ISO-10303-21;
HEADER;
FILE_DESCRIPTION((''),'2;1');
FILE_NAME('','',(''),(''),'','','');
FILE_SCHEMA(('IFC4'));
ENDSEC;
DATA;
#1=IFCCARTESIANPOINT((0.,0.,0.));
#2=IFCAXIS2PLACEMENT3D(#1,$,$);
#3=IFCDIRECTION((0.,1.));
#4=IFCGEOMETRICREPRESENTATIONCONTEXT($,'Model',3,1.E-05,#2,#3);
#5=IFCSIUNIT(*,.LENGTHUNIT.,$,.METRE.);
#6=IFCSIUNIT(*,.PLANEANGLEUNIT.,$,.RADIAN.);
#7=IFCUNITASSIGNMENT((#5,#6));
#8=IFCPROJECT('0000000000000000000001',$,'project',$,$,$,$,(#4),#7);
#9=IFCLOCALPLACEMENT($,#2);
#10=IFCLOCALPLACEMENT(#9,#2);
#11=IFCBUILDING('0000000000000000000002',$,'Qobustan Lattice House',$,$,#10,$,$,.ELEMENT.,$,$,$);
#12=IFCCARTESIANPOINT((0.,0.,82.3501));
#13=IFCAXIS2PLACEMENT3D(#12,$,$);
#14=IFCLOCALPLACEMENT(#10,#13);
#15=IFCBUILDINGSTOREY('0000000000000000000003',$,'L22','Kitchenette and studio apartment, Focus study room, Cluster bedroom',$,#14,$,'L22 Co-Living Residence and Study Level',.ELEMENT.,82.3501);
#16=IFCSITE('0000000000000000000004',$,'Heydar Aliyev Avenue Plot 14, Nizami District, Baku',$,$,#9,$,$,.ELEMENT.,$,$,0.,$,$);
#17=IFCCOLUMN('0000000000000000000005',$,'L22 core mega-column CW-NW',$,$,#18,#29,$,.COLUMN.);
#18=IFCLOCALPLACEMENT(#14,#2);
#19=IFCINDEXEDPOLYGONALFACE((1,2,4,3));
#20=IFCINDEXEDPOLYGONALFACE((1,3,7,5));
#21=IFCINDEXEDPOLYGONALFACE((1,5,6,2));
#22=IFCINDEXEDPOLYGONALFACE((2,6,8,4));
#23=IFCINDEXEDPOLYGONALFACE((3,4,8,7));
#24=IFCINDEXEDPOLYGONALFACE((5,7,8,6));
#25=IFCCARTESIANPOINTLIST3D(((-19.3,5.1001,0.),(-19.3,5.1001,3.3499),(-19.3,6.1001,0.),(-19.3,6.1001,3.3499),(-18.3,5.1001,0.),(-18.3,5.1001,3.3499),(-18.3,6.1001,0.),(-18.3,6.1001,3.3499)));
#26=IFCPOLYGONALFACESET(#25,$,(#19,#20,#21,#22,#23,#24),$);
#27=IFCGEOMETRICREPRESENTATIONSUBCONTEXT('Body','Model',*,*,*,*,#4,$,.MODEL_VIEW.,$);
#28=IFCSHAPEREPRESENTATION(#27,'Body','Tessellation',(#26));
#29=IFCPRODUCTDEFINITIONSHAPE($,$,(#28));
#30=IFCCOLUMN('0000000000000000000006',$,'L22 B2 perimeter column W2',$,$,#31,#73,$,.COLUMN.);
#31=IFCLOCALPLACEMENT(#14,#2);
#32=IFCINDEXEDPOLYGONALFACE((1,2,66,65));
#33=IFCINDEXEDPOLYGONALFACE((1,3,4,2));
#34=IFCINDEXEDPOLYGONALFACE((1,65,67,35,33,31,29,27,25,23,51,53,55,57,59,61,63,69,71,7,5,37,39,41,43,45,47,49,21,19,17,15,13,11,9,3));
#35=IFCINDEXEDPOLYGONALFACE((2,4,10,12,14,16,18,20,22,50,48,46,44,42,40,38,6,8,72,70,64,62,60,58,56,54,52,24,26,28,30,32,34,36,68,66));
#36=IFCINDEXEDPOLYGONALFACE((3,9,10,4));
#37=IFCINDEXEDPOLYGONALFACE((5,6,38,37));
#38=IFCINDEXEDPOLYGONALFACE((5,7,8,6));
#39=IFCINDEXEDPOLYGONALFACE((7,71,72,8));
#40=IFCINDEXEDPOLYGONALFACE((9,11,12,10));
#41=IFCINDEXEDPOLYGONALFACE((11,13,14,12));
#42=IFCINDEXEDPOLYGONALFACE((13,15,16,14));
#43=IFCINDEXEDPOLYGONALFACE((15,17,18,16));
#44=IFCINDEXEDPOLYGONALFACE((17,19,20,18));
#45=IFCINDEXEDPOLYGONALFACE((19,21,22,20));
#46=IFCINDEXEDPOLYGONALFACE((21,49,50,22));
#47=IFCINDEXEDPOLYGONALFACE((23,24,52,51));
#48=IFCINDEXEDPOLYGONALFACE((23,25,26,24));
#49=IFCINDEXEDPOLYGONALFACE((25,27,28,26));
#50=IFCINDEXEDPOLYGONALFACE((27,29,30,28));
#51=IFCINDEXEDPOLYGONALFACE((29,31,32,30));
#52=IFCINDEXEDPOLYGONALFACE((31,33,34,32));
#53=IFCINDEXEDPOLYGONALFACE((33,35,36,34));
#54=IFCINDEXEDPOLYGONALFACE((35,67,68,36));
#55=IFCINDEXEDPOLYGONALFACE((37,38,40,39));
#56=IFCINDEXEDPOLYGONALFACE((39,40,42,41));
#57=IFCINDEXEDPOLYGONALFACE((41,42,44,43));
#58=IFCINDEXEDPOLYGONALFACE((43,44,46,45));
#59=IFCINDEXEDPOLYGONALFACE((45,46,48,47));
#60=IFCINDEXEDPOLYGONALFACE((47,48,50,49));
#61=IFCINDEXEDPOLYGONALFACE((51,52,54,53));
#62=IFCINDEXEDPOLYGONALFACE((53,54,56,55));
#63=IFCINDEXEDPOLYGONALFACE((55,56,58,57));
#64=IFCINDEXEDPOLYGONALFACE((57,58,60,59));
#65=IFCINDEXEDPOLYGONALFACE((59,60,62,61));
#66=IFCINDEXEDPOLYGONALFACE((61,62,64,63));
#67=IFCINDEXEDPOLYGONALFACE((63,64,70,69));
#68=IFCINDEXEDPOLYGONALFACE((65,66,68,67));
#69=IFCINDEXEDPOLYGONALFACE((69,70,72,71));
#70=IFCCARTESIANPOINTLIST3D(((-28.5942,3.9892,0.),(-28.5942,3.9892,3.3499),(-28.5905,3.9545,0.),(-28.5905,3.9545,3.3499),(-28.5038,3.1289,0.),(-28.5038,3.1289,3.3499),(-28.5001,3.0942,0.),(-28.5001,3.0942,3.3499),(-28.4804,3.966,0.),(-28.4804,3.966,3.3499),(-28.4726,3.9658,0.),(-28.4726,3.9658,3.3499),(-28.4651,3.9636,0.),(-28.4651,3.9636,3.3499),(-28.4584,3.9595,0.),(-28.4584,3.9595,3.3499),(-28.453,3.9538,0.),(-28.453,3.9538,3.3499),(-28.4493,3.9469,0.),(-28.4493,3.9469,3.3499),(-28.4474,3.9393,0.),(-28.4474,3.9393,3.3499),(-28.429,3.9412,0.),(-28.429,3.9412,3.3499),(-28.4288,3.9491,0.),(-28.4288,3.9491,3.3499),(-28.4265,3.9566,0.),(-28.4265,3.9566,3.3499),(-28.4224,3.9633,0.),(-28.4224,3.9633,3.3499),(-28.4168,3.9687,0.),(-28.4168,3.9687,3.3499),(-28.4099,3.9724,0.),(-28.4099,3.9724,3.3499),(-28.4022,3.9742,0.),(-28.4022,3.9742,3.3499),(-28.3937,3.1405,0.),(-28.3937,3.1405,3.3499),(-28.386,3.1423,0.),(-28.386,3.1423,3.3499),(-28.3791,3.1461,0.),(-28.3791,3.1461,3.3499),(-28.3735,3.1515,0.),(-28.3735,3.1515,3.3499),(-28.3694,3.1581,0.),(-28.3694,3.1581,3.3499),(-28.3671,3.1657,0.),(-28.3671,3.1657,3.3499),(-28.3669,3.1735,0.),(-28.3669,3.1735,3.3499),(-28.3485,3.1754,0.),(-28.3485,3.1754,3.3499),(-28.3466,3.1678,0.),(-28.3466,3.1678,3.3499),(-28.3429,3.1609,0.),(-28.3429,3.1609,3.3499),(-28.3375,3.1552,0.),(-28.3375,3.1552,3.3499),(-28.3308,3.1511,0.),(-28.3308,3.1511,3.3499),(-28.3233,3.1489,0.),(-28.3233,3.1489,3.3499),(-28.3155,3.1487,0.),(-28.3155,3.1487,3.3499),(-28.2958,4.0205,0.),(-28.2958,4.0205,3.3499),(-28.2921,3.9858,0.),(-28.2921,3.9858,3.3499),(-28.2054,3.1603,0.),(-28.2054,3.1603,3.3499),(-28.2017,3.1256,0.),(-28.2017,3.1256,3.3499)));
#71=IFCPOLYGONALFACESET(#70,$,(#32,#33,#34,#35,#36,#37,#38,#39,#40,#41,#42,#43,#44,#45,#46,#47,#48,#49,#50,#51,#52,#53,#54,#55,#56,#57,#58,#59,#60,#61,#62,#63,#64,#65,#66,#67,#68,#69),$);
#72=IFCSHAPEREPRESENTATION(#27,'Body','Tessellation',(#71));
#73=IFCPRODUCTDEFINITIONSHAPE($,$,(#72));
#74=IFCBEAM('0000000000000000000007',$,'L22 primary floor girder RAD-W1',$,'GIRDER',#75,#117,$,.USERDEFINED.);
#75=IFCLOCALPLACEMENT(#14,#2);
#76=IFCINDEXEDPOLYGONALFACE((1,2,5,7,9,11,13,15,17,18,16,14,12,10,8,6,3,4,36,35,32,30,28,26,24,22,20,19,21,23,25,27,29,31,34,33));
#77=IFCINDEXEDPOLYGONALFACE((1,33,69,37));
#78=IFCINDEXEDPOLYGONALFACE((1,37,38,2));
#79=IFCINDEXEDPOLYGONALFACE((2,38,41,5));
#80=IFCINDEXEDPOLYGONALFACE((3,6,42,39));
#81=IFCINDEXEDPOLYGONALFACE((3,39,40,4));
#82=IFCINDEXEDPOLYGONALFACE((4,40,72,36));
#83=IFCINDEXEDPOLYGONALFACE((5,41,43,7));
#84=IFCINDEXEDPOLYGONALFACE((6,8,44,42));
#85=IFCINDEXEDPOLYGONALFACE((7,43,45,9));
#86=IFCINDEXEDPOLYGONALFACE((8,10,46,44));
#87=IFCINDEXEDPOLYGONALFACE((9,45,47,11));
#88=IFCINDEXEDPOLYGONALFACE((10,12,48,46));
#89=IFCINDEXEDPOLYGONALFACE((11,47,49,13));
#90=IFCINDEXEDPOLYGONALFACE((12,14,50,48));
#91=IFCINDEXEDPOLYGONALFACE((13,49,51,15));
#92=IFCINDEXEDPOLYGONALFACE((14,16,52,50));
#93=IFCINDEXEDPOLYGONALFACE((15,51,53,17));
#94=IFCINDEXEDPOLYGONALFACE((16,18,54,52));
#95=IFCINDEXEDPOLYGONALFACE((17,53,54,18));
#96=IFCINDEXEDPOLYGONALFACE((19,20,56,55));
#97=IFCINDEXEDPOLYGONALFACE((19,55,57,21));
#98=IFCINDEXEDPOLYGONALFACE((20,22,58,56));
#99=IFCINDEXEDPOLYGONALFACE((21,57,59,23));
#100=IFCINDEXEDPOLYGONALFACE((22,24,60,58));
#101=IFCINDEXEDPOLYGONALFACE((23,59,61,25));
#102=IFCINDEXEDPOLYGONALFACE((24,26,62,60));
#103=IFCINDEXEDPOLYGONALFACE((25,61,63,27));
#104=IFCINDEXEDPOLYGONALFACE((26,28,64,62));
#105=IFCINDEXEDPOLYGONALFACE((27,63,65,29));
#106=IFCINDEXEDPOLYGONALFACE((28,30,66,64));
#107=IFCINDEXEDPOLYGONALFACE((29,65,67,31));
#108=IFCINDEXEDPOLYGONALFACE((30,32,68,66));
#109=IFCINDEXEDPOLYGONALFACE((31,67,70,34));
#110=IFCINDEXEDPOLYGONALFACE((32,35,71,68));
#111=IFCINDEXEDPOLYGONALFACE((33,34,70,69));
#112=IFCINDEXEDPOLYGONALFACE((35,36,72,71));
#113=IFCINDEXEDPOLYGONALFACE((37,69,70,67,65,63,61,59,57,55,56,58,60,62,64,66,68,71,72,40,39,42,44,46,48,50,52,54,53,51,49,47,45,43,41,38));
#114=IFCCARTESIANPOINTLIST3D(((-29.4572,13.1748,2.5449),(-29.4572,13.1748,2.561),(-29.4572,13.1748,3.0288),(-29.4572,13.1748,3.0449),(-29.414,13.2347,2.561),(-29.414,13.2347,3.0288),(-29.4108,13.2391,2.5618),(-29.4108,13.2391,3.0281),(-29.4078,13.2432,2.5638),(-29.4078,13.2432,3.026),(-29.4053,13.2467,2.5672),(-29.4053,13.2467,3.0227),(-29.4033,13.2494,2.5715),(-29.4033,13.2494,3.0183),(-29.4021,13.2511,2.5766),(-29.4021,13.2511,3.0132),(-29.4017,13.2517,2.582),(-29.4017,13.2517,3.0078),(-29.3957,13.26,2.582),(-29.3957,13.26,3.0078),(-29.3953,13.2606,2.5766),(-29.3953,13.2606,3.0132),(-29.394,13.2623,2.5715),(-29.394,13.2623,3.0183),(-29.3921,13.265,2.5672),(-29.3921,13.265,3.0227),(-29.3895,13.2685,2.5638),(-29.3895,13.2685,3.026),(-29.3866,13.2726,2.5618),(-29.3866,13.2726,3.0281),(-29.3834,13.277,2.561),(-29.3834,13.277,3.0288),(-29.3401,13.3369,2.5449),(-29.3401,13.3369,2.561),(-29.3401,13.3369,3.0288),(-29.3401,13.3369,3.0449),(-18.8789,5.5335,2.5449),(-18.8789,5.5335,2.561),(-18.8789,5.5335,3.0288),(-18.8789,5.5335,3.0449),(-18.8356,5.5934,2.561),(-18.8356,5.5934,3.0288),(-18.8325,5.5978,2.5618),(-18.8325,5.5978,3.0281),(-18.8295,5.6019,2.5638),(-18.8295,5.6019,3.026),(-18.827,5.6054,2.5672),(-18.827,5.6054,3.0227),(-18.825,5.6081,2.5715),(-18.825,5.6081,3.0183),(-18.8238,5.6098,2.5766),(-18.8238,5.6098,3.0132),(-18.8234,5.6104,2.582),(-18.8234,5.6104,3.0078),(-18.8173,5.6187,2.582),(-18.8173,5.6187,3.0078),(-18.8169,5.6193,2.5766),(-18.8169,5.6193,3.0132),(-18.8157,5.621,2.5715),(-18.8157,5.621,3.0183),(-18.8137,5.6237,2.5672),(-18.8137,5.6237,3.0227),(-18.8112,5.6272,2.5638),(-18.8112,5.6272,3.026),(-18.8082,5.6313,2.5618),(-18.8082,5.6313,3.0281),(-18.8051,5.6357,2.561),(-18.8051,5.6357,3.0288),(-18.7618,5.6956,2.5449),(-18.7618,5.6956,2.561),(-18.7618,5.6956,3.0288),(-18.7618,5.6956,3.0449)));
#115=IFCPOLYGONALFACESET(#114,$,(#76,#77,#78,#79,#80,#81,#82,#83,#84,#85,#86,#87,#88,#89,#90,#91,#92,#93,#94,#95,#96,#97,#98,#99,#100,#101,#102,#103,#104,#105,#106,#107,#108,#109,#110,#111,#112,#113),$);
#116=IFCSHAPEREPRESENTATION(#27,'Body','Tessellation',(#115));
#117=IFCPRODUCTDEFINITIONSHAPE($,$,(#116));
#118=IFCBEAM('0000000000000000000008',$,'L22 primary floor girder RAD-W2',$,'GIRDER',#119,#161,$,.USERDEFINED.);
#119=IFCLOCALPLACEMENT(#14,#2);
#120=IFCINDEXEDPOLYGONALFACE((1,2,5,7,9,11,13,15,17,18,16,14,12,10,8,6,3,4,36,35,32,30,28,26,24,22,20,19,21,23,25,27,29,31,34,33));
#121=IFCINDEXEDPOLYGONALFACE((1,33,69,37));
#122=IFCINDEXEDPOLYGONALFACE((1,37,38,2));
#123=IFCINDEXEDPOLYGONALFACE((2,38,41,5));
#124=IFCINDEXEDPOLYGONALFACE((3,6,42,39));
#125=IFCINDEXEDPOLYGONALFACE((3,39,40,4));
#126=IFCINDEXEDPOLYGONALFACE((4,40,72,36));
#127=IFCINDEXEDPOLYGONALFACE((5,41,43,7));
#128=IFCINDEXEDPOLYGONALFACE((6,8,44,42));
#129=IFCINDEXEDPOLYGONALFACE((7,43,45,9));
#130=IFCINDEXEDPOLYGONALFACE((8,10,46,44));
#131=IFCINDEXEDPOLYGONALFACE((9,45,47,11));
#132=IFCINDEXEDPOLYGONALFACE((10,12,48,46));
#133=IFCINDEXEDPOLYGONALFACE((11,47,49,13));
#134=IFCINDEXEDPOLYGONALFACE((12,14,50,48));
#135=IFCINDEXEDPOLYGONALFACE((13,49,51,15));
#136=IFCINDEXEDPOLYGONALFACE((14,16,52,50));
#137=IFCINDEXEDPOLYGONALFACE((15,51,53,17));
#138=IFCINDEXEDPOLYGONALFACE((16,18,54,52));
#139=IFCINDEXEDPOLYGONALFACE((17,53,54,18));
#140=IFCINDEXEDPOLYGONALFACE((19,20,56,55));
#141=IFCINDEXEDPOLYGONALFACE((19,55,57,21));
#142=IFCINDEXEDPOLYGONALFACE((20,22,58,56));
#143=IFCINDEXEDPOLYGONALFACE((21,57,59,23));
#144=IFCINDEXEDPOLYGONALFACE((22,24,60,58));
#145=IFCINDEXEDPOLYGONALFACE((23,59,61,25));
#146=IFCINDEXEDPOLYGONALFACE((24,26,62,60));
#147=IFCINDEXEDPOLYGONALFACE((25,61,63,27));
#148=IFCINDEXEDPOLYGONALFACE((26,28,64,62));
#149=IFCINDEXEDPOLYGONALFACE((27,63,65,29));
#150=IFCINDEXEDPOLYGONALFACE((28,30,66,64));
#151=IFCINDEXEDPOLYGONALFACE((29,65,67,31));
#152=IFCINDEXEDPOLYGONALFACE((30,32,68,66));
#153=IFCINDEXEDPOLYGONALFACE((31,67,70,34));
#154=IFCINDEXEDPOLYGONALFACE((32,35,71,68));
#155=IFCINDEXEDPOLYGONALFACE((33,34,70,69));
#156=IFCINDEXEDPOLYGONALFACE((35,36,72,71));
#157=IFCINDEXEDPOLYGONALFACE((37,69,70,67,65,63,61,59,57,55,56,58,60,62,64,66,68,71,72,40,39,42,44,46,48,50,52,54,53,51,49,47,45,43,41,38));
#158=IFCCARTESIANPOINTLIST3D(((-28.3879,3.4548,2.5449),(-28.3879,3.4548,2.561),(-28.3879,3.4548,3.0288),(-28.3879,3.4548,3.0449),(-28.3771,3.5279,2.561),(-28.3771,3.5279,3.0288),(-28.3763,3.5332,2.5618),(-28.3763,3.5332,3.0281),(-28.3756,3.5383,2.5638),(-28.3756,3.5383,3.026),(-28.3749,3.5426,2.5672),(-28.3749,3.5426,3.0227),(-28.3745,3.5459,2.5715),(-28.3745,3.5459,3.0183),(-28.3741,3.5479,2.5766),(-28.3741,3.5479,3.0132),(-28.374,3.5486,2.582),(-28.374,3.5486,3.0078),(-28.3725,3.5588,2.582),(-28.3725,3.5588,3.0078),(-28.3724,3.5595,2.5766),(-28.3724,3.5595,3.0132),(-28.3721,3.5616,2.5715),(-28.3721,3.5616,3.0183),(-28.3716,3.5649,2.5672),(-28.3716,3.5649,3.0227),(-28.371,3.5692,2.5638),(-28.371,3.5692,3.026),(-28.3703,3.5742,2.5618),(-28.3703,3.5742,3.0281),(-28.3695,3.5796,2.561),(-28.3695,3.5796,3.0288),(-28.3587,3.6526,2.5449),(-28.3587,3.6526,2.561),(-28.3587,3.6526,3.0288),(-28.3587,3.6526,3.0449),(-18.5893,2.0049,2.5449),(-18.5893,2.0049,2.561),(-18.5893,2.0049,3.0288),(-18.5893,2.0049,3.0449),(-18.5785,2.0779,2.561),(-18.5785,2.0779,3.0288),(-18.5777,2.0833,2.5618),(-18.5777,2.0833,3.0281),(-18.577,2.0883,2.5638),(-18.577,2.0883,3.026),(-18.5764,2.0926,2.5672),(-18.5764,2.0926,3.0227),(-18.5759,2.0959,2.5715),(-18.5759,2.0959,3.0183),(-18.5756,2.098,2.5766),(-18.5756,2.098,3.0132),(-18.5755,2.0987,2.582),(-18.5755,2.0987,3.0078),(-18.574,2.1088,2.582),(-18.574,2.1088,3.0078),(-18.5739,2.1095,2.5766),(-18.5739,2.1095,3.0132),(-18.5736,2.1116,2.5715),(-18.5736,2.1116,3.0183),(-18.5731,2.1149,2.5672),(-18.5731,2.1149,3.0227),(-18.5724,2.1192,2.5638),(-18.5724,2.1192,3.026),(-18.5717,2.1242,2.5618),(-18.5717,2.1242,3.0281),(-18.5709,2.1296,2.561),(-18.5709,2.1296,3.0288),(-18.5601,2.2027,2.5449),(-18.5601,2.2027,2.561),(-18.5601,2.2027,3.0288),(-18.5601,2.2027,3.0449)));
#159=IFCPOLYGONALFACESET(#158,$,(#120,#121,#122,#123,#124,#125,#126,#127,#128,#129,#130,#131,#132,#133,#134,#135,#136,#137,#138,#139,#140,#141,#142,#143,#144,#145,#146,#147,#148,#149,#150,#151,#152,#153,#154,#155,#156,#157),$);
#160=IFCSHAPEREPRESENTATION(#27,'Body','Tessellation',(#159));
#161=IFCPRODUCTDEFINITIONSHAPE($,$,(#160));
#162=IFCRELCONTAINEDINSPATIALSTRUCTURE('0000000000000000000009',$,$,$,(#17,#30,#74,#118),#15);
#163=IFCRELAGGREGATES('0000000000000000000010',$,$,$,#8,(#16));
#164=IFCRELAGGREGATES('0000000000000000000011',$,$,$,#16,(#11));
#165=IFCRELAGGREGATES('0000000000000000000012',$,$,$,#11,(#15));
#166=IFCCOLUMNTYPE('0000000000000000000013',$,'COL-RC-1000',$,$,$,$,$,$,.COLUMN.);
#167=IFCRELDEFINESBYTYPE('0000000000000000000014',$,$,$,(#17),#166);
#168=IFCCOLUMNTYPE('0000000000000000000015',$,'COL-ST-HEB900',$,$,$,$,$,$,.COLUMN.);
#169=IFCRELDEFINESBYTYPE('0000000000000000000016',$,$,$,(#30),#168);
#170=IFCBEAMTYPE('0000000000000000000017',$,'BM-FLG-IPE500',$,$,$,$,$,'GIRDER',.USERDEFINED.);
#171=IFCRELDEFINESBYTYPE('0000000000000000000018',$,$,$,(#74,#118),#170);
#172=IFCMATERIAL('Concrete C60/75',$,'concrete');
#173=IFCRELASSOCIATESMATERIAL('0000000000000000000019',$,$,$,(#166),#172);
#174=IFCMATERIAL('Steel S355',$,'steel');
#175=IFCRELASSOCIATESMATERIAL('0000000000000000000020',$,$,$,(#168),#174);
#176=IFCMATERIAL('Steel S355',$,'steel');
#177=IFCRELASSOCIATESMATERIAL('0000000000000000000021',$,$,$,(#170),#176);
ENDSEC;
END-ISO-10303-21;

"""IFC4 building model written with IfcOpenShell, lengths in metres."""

from ifc_helpers import new_model, si_unit, direction, frame, origin, origin_2d, place, context, subcontext, project, spatial, rectangle, i_section, extrude, material, material_profile, profile_set, type_object, element, save


model = new_model("IFC4")

# Units and contexts
model_context = context("Model", 3, precision=1e-05, world=origin(), true_north=direction((0.0, 1.0)))
body_context = subcontext(model_context, "Body", "Model", "MODEL_VIEW")
ifc_project = project(units=[si_unit("LENGTHUNIT", "METRE"), si_unit("PLANEANGLEUNIT", "RADIAN")], contexts=[model_context])

# Site, building, storey
site_placement = place(None, origin())
site = spatial("IfcSite", under=ifc_project, at=site_placement, Name="Heydar Aliyev Avenue Plot 14, Nizami District, Baku", CompositionType="ELEMENT", RefElevation=0.0)
building_placement = place(site_placement, origin())
building = spatial("IfcBuilding", under=site, at=building_placement, Name="Qobustan Lattice House", CompositionType="ELEMENT")
storey_placement = place(building_placement, frame((0.0, 0.0, 82.3501)))
storey = spatial("IfcBuildingStorey", under=building, at=storey_placement, Name="L22", Description="Kitchenette and studio apartment, Focus study room, Cluster bedroom", LongName="L22 Co-Living Residence and Study Level", CompositionType="ELEMENT", Elevation=82.3501)

# Columns
ifc_material_1 = material(Name="Concrete C60/75", Category="concrete")
ifc_material_profile_1 = material_profile(ifc_material_1, rectangle(XDim=1.0, YDim=1.0, at=origin_2d()), Name="RC1000x1000")
ifc_profile_set_1 = profile_set([ifc_material_profile_1], Name="Concrete C60/75")
column_type_1 = type_object("IfcColumnType", Name="COL-RC-1000", PredefinedType="COLUMN", material=ifc_profile_set_1)
column_1_placement = place(storey_placement, frame((-18.8, 5.6001, 0.0), z_axis=(0.0, 0.0, 1.0), x_axis=(1.0, 0.0, 0.0)))
element("IfcColumn", 1, at=column_1_placement, inside=storey, type_object=column_type_1, Name="L22 core mega-column CW-NW", PredefinedType="COLUMN", context=body_context, shape_type="SweptSolid", body=[
    extrude(rectangle(XDim=1.0, YDim=1.0, at=origin_2d()), origin(), (0.0, 0.0, 1.0), 3.3499),
])
ifc_material_2 = material(Name="Steel S355", Category="steel")
ifc_material_profile_2 = material_profile(ifc_material_2, i_section(OverallWidth=0.3, OverallDepth=0.8999, WebThickness=0.0186, FlangeThickness=0.0349, FilletRadius=0.03, at=origin_2d()), Name="HEB900")
ifc_profile_set_2 = profile_set([ifc_material_profile_2], Name="Steel S355")
column_type_2 = type_object("IfcColumnType", Name="COL-ST-HEB900", PredefinedType="COLUMN", material=ifc_profile_set_2)
column_2_placement = place(storey_placement, frame((-28.3979, 3.5574, 0.0), z_axis=(0.0, 0.0, 1.0), x_axis=(0.994522, 0.104528, 0.0)))
element("IfcColumn", 2, at=column_2_placement, inside=storey, type_object=column_type_2, Name="L22 B2 perimeter column W2", PredefinedType="COLUMN", context=body_context, shape_type="SweptSolid", body=[
    extrude(i_section(OverallWidth=0.3, OverallDepth=0.8999, WebThickness=0.0186, FlangeThickness=0.0349, FilletRadius=0.03, at=origin_2d()), origin(), (0.0, 0.0, 1.0), 3.3499),
])

# Beams
ifc_material_3 = material(Name="Steel S355", Category="steel")
ifc_material_profile_3 = material_profile(ifc_material_3, i_section(OverallWidth=0.2, OverallDepth=0.5, WebThickness=0.0103, FlangeThickness=0.0161, FilletRadius=0.021, at=origin_2d()), Name="IPE500")
ifc_profile_set_3 = profile_set([ifc_material_profile_3], Name="Steel S355")
beam_type_1 = type_object("IfcBeamType", Name="BM-FLG-IPE500", ElementType="GIRDER", PredefinedType="USERDEFINED", material=ifc_profile_set_3)
beam_1_placement = place(storey_placement, frame((-29.3987, 13.2559, 2.7949), z_axis=(0.810627, -0.585562, 0.0), x_axis=(0.585562, 0.810627, 0.0)))
element("IfcBeam", 3, at=beam_1_placement, inside=storey, type_object=beam_type_1, Name="L22 primary floor girder RAD-W1", ObjectType="GIRDER", PredefinedType="USERDEFINED", context=body_context, shape_type="SweptSolid", body=[
    extrude(i_section(OverallWidth=0.2, OverallDepth=0.5, WebThickness=0.0103, FlangeThickness=0.0161, FilletRadius=0.021, at=origin_2d()), origin(), (0.0, 0.0, 1.0), 13.0496),
])
beam_2_placement = place(storey_placement, frame((-28.3733, 3.5537, 2.7949), z_axis=(0.989228, -0.146382, 0.0), x_axis=(0.146382, 0.989228, 0.0)))
element("IfcBeam", 4, at=beam_2_placement, inside=storey, type_object=beam_type_1, Name="L22 primary floor girder RAD-W2", ObjectType="GIRDER", PredefinedType="USERDEFINED", context=body_context, shape_type="SweptSolid", body=[
    extrude(i_section(OverallWidth=0.2, OverallDepth=0.5, WebThickness=0.0103, FlangeThickness=0.0161, FilletRadius=0.021, at=origin_2d()), origin(), (0.0, 0.0, 1.0), 9.9053),
])

save(model, "model.ifc")
